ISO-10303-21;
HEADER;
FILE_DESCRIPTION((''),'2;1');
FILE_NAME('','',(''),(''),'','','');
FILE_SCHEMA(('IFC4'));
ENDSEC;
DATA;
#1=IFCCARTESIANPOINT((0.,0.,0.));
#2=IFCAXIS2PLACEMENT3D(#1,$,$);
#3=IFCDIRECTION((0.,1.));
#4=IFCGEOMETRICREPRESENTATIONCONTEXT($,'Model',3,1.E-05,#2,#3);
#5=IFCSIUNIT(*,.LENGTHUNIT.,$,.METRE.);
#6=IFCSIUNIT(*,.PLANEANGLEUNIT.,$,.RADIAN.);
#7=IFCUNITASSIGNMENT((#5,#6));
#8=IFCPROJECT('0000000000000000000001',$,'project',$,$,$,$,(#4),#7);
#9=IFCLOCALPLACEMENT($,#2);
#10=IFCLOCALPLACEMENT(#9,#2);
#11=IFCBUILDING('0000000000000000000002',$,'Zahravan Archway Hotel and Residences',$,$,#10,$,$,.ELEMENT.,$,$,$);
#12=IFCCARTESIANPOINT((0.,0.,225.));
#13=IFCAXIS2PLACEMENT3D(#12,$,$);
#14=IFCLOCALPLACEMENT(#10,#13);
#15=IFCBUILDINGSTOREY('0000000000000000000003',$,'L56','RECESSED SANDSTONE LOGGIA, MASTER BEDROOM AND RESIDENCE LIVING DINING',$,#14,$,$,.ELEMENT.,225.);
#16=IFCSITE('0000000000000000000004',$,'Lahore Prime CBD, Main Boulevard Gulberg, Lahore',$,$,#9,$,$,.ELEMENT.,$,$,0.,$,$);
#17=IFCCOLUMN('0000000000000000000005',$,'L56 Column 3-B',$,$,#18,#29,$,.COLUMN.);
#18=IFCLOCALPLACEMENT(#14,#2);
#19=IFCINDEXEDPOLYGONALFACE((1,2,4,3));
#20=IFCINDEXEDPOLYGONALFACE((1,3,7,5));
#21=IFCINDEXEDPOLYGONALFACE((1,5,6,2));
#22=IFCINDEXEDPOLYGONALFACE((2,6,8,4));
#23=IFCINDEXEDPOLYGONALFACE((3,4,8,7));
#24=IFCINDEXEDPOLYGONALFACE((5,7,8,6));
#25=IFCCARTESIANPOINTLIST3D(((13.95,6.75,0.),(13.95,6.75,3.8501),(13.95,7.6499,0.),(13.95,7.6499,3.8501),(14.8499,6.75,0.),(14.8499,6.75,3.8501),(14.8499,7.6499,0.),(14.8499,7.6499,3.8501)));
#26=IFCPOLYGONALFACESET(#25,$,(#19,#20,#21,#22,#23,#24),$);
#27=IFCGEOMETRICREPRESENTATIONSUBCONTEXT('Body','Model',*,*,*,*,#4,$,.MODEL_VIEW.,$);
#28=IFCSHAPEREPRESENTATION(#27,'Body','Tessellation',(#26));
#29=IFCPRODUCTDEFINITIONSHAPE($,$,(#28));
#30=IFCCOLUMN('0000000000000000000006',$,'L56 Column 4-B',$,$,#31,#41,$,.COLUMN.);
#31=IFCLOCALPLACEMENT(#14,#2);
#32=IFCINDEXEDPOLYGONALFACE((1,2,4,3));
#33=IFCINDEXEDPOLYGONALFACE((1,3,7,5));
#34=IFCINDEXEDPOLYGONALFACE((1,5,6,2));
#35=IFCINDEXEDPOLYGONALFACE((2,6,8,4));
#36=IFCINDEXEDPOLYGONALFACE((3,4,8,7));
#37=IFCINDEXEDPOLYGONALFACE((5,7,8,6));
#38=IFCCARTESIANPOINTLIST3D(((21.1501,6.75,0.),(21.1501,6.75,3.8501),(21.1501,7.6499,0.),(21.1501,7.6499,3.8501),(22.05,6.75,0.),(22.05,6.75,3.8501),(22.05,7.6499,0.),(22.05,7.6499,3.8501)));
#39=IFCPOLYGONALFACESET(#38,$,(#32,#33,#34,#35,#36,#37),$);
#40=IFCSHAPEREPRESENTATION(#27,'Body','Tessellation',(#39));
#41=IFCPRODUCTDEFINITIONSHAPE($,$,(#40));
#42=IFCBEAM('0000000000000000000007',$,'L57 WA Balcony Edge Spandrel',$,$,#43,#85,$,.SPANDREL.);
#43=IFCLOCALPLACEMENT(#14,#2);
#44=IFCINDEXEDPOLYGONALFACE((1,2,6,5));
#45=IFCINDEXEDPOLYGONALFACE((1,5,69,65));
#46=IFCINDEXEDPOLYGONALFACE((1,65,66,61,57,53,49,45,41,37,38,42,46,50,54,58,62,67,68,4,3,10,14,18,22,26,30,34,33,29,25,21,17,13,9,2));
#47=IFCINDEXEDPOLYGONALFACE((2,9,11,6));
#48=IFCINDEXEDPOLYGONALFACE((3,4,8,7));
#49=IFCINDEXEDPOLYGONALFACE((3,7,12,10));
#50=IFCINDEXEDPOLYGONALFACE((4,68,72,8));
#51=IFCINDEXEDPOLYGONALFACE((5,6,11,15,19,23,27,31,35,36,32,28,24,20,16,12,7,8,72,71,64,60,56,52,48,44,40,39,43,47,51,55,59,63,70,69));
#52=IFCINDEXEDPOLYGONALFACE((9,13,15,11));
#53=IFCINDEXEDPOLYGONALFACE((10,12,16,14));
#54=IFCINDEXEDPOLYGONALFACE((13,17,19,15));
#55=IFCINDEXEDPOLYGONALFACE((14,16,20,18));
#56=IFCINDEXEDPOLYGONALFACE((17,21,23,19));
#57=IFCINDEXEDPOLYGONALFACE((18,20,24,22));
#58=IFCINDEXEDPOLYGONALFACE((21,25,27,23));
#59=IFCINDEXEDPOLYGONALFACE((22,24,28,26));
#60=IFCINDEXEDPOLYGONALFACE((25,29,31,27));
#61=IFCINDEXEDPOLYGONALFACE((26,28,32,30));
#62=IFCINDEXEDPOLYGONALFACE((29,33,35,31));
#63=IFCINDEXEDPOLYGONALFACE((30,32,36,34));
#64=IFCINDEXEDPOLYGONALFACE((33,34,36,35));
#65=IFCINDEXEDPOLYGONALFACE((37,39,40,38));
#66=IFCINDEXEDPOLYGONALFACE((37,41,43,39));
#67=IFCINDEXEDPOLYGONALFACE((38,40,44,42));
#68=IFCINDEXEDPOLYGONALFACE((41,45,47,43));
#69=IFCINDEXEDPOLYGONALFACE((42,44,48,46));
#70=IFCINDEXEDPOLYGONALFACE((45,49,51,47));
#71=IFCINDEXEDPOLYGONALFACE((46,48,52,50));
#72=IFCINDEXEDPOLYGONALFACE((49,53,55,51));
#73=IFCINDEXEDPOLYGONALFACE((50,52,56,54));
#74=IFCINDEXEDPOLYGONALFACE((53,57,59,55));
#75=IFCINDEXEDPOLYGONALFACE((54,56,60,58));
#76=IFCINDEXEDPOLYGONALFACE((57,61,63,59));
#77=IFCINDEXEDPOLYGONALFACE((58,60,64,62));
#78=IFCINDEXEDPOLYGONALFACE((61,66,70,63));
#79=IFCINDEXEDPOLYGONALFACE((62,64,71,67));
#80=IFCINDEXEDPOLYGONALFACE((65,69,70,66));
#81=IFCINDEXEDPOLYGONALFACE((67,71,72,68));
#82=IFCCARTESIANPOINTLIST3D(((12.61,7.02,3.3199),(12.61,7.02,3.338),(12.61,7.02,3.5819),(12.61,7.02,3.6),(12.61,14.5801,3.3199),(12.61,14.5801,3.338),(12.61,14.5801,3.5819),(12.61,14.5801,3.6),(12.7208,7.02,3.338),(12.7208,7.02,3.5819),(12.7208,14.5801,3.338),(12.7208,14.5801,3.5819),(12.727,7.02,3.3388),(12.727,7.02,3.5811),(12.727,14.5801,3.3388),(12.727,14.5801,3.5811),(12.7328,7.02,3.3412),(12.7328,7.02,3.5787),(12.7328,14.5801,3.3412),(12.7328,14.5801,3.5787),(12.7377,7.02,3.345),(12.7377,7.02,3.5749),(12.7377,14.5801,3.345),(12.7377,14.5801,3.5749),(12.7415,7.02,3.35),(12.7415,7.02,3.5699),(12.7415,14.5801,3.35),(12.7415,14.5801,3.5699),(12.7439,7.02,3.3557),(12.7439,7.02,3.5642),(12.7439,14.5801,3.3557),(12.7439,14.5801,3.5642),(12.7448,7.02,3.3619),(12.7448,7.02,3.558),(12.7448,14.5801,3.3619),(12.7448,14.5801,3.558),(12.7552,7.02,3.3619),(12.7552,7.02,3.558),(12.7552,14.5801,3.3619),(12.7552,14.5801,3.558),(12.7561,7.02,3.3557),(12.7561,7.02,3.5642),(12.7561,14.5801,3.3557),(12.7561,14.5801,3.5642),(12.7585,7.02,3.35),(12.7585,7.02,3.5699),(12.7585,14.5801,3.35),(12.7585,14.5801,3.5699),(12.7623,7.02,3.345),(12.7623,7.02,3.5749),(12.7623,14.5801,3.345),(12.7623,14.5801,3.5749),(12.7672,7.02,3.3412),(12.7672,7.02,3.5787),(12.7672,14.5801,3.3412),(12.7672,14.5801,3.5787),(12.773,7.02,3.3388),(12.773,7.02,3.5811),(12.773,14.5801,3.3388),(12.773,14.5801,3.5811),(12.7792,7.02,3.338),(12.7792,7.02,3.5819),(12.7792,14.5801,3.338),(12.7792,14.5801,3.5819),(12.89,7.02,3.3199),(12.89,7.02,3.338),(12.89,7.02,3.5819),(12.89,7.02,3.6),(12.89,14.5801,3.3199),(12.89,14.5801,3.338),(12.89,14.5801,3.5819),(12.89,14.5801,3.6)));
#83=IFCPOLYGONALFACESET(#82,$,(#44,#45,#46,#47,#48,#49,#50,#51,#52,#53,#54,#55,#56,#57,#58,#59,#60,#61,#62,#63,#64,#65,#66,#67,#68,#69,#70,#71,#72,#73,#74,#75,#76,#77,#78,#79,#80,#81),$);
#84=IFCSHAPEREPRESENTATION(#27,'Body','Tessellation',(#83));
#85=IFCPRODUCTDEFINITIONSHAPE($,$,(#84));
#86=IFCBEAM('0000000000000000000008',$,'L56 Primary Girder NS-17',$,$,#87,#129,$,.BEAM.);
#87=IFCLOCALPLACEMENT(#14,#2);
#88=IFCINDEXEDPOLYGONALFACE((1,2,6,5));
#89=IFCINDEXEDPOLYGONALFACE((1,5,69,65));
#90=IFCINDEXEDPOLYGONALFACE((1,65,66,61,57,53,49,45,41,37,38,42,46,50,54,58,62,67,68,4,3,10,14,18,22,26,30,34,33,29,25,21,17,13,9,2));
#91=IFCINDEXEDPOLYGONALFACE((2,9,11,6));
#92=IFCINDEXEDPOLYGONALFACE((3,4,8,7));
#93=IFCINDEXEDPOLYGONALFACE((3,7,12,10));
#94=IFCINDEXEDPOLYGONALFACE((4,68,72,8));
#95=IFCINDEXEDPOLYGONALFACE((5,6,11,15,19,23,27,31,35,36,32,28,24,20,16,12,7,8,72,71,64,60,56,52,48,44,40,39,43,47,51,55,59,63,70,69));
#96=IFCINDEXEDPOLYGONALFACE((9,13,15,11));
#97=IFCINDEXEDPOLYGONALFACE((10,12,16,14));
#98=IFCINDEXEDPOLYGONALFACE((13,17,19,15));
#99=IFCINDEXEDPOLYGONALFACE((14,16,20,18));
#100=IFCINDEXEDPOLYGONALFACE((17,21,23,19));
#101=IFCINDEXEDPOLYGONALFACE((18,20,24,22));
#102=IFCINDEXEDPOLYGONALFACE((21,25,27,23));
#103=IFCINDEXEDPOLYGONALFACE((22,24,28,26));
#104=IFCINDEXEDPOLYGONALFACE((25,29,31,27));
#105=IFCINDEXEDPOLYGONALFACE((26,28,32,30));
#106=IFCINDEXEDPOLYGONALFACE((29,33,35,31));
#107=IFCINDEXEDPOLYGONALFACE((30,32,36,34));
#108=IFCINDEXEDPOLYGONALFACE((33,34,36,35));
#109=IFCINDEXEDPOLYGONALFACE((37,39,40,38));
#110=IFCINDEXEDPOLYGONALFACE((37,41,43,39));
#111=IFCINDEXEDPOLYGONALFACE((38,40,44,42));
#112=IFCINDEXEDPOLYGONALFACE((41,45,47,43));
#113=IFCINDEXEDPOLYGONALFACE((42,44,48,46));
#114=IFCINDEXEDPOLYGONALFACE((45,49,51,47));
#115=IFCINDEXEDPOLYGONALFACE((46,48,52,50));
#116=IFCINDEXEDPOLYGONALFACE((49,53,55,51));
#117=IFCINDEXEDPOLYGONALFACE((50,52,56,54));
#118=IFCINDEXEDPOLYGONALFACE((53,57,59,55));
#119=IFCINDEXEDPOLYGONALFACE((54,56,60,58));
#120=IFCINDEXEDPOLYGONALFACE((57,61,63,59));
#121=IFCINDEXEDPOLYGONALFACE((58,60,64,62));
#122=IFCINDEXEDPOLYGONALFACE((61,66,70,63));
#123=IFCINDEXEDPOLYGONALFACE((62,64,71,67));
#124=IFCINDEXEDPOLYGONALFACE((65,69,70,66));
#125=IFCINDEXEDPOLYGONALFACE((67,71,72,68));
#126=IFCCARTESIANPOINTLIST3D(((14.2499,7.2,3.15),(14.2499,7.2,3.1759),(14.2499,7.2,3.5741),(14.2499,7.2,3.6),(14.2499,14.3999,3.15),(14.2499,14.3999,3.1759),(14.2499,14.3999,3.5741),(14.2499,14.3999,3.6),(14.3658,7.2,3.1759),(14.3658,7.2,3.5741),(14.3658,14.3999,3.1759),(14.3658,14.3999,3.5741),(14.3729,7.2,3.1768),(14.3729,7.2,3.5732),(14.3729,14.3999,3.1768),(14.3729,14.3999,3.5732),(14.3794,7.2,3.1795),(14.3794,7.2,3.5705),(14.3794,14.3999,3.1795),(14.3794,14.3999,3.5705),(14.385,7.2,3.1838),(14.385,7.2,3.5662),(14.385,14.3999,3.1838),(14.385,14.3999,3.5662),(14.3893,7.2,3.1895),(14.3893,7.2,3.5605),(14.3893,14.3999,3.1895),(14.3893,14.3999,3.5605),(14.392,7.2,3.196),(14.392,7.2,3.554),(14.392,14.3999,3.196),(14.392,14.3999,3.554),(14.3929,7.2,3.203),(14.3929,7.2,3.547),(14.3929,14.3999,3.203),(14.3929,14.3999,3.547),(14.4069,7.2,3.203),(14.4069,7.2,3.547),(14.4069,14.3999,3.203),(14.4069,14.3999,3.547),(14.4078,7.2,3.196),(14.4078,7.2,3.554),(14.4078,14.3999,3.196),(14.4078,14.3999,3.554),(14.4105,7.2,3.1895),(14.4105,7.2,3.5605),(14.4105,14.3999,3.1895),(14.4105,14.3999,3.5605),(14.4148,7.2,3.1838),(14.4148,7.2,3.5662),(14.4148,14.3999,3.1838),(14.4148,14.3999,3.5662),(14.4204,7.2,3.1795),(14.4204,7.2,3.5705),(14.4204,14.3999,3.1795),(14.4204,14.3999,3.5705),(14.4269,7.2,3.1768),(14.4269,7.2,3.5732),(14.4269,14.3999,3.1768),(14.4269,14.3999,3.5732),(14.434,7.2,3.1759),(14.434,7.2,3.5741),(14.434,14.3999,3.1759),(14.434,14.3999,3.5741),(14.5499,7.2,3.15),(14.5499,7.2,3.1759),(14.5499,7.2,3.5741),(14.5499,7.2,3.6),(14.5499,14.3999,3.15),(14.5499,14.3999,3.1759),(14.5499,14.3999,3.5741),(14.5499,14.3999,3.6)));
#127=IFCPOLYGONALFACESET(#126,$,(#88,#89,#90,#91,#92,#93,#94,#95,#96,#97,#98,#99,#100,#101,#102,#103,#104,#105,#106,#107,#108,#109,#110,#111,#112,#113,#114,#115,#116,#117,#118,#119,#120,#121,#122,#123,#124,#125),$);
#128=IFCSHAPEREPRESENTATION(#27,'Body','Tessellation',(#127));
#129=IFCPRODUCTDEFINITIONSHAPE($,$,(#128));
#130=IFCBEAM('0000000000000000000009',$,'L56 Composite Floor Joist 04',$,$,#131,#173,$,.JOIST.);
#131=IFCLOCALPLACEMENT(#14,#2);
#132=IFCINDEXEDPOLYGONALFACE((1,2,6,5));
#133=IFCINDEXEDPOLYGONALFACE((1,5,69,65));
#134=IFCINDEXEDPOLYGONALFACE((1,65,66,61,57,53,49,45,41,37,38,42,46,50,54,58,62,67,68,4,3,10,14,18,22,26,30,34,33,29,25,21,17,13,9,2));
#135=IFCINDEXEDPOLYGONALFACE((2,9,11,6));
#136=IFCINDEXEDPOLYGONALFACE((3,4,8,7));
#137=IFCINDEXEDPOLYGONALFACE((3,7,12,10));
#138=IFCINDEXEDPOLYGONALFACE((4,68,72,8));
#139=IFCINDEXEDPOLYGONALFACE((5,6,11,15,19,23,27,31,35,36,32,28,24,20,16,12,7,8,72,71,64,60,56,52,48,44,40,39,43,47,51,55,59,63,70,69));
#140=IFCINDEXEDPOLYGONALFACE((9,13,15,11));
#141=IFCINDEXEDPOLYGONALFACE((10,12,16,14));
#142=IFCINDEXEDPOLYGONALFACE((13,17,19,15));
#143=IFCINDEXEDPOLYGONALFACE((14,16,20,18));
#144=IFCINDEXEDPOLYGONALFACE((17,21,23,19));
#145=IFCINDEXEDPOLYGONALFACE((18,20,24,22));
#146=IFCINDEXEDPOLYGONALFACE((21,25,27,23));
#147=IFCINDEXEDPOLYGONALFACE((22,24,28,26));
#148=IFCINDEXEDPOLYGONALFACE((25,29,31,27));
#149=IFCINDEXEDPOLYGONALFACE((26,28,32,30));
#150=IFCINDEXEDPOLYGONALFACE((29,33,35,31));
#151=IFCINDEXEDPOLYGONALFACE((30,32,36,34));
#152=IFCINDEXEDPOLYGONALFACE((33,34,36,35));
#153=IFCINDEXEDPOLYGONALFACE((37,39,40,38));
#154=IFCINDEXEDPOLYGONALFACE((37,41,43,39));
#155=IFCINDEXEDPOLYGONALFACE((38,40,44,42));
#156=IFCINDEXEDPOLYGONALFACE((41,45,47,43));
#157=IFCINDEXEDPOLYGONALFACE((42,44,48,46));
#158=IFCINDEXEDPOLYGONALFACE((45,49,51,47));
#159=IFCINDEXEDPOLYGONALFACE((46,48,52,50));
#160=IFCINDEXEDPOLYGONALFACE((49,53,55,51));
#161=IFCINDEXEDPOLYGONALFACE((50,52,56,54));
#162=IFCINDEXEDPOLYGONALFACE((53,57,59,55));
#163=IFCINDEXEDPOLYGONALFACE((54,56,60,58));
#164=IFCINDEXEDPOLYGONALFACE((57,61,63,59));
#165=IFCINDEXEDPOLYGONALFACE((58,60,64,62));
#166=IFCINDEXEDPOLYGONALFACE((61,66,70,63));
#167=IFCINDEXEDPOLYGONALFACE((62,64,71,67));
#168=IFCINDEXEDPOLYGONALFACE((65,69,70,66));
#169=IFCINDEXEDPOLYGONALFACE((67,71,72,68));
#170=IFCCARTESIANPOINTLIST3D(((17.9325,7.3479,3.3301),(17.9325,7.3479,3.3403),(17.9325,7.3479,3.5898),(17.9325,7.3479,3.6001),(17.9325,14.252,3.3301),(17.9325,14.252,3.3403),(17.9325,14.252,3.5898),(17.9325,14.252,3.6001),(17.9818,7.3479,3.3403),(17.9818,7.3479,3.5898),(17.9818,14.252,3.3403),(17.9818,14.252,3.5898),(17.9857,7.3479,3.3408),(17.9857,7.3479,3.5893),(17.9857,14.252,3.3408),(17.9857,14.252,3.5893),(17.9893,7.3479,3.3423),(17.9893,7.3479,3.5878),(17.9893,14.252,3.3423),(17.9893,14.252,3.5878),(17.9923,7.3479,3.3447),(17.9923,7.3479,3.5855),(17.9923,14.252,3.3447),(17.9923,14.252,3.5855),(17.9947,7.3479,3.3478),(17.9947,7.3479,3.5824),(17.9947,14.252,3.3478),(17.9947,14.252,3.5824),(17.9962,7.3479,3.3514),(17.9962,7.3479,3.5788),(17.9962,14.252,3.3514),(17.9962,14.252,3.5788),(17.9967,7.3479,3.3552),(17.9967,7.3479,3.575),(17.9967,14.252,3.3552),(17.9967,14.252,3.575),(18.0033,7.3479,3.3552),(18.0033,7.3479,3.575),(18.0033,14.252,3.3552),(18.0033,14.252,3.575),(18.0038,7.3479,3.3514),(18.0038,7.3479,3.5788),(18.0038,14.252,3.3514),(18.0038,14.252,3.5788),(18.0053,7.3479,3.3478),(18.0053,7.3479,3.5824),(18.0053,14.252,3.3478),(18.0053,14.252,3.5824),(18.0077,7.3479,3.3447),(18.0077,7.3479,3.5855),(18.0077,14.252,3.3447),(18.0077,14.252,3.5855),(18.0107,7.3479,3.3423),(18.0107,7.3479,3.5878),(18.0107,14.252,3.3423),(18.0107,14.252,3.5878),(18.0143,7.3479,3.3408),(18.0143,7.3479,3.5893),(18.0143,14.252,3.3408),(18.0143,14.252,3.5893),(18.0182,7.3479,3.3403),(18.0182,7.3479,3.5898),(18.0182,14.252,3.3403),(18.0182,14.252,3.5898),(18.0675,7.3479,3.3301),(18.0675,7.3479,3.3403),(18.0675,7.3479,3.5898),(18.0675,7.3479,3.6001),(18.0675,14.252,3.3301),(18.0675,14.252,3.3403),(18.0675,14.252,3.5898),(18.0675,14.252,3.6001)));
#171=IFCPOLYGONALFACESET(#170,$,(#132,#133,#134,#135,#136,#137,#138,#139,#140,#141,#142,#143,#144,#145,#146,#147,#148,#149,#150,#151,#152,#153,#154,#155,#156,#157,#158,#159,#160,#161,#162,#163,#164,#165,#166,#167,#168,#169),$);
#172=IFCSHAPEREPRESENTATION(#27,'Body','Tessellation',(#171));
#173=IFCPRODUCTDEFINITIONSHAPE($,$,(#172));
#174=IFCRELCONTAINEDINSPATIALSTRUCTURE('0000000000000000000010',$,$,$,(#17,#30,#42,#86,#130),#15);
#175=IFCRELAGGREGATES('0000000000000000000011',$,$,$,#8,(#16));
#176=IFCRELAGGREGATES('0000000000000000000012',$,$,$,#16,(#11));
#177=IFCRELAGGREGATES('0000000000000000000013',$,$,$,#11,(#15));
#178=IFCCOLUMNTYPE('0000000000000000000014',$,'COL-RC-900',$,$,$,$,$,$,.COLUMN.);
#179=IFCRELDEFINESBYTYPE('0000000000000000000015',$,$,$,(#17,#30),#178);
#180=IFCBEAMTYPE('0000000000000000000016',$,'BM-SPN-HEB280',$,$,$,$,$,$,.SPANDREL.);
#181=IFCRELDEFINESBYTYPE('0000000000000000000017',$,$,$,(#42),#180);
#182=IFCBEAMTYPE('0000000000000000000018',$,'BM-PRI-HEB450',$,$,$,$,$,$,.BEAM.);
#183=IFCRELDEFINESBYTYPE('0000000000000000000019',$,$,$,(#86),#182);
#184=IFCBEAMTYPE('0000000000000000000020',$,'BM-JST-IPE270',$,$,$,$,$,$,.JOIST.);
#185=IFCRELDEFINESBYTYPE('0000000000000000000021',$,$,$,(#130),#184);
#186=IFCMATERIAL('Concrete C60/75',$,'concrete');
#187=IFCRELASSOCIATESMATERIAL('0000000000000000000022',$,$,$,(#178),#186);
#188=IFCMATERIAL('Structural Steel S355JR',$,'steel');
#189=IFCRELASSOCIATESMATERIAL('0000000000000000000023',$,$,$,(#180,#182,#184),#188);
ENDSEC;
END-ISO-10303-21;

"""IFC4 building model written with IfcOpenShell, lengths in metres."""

from ifc_helpers import new_model, si_unit, direction, frame, origin, origin_2d, place, context, subcontext, project, spatial, rectangle, i_section, extrude, source, transform, mapped, material, material_profile, profile_set, type_object, type_shapes, element, save


model = new_model("IFC4")

# Units and contexts
model_context = context("Model", 3, precision=1e-05, world=origin(), true_north=direction((0.0, 1.0)))
body_context = subcontext(model_context, "Body", "Model", "MODEL_VIEW")
ifc_project = project(units=[si_unit("LENGTHUNIT", "METRE"), si_unit("PLANEANGLEUNIT", "RADIAN")], contexts=[model_context])

# Site, building, storey
site_placement = place(None, origin())
site = spatial("IfcSite", under=ifc_project, at=site_placement, Name="Lahore Prime CBD, Main Boulevard Gulberg, Lahore", CompositionType="ELEMENT", RefElevation=0.0)
building_placement = place(site_placement, origin())
building = spatial("IfcBuilding", under=site, at=building_placement, Name="Zahravan Archway Hotel and Residences", CompositionType="ELEMENT")
storey_placement = place(building_placement, frame((0.0, 0.0, 225.0)))
storey = spatial("IfcBuildingStorey", under=building, at=storey_placement, Name="L56", Description="RECESSED SANDSTONE LOGGIA, MASTER BEDROOM AND RESIDENCE LIVING DINING", CompositionType="ELEMENT", Elevation=225.0)

# Columns
ifc_material_1 = material(Name="Concrete C60/75", Category="concrete")
ifc_material_profile_1 = material_profile(ifc_material_1, rectangle(XDim=0.8999, YDim=0.8999, at=origin_2d()), Name="RC-COL-900x900", Category="concrete")
ifc_profile_set_1 = profile_set([ifc_material_profile_1], Name="Concrete C60/75")
column_type = type_object("IfcColumnType", Name="COL-RC-900", PredefinedType="COLUMN", material=ifc_profile_set_1)
shared_shape_1 = source(origin(), body_context, "Body", "SweptSolid", [
    extrude(rectangle(XDim=0.8999, YDim=0.8999, at=origin_2d()), origin(), (0.0, 0.0, 1.0), 3.8501),
])
type_shapes(column_type, [shared_shape_1])
for number, where, z_axis, x_axis, name in (
    (1, (14.3999, 7.2, 0.0), (0.0, 0.0, 1.0), (1.0, 0.0, 0.0), "L56 Column 3-B"),
    (2, (21.6001, 7.2, 0.0), (0.0, 0.0, 1.0), (1.0, 0.0, 0.0), "L56 Column 4-B"),
):
    element("IfcColumn", number, at=place(storey_placement, frame(where, z_axis=z_axis, x_axis=x_axis)), inside=storey, type_object=column_type, Name=name, PredefinedType="COLUMN", context=body_context, shape_type="MappedRepresentation", body=[
        mapped(shared_shape_1, transform((0.0, 0.0, 0.0), scale=1.0)),
    ])

# Beams
ifc_material_2 = material(Name="Structural Steel S355JR", Category="steel")
ifc_material_profile_2 = material_profile(ifc_material_2, i_section(OverallWidth=0.28, OverallDepth=0.28, WebThickness=0.0105, FlangeThickness=0.0181, FilletRadius=0.0239, at=origin_2d()), Name="HEB 280", Category="steel")
ifc_profile_set_2 = profile_set([ifc_material_profile_2], Name="Structural Steel S355JR")
beam_type_1 = type_object("IfcBeamType", Name="BM-SPN-HEB280", PredefinedType="SPANDREL", material=ifc_profile_set_2)
shared_shape_2 = source(origin(), body_context, "Body", "SweptSolid", [
    extrude(i_section(OverallWidth=0.28, OverallDepth=0.28, WebThickness=0.0105, FlangeThickness=0.0181, FilletRadius=0.0239, at=origin_2d()), origin(), (0.0, 0.0, 1.0), 7.5601),
])
type_shapes(beam_type_1, [shared_shape_2])
beam_1_placement = place(storey_placement, frame((12.75, 7.02, 3.46), z_axis=(0.0, 1.0, 0.0), x_axis=(-1.0, 0.0, 0.0)))
element("IfcBeam", 3, at=beam_1_placement, inside=storey, type_object=beam_type_1, Name="L57 WA Balcony Edge Spandrel", PredefinedType="SPANDREL", context=body_context, shape_type="MappedRepresentation", body=[
    mapped(shared_shape_2, transform((0.0, 0.0, 0.0), scale=1.0)),
])
ifc_material_profile_3 = material_profile(ifc_material_2, i_section(OverallWidth=0.3, OverallDepth=0.45, WebThickness=0.0139, FlangeThickness=0.0259, FilletRadius=0.0271, at=origin_2d()), Name="HEB 450", Category="steel")
ifc_profile_set_3 = profile_set([ifc_material_profile_3], Name="Structural Steel S355JR")
beam_type_2 = type_object("IfcBeamType", Name="BM-PRI-HEB450", PredefinedType="BEAM", material=ifc_profile_set_3)
shared_shape_3 = source(origin(), body_context, "Body", "SweptSolid", [
    extrude(i_section(OverallWidth=0.3, OverallDepth=0.45, WebThickness=0.0139, FlangeThickness=0.0259, FilletRadius=0.0271, at=origin_2d()), origin(), (0.0, 0.0, 1.0), 7.2),
])
beam_2_placement = place(storey_placement, frame((14.3999, 7.2, 3.375), z_axis=(0.0, 1.0, 0.0), x_axis=(-1.0, 0.0, 0.0)))
element("IfcBeam", 4, at=beam_2_placement, inside=storey, type_object=beam_type_2, Name="L56 Primary Girder NS-17", PredefinedType="BEAM", context=body_context, shape_type="MappedRepresentation", body=[
    mapped(shared_shape_3, transform((0.0, 0.0, 0.0), scale=1.0)),
])
ifc_material_profile_4 = material_profile(ifc_material_2, i_section(OverallWidth=0.135, OverallDepth=0.27, WebThickness=0.0066, FlangeThickness=0.0103, FilletRadius=0.0149, at=origin_2d()), Name="IPE 270", Category="steel")
ifc_profile_set_4 = profile_set([ifc_material_profile_4], Name="Structural Steel S355JR")
beam_type_3 = type_object("IfcBeamType", Name="BM-JST-IPE270", PredefinedType="JOIST", material=ifc_profile_set_4)
shared_shape_4 = source(origin(), body_context, "Body", "SweptSolid", [
    extrude(i_section(OverallWidth=0.135, OverallDepth=0.27, WebThickness=0.0066, FlangeThickness=0.0103, FilletRadius=0.0149, at=origin_2d()), origin(), (0.0, 0.0, 1.0), 6.9041),
])
type_shapes(beam_type_3, [shared_shape_4])
beam_3_placement = place(storey_placement, frame((18.0, 7.3479, 3.4651), z_axis=(0.0, 1.0, 0.0), x_axis=(-1.0, 0.0, 0.0)))
element("IfcBeam", 5, at=beam_3_placement, inside=storey, type_object=beam_type_3, Name="L56 Composite Floor Joist 04", PredefinedType="JOIST", context=body_context, shape_type="MappedRepresentation", body=[
    mapped(shared_shape_4, transform((0.0, 0.0, 0.0), scale=1.0)),
])

save(model, "model.ifc")
